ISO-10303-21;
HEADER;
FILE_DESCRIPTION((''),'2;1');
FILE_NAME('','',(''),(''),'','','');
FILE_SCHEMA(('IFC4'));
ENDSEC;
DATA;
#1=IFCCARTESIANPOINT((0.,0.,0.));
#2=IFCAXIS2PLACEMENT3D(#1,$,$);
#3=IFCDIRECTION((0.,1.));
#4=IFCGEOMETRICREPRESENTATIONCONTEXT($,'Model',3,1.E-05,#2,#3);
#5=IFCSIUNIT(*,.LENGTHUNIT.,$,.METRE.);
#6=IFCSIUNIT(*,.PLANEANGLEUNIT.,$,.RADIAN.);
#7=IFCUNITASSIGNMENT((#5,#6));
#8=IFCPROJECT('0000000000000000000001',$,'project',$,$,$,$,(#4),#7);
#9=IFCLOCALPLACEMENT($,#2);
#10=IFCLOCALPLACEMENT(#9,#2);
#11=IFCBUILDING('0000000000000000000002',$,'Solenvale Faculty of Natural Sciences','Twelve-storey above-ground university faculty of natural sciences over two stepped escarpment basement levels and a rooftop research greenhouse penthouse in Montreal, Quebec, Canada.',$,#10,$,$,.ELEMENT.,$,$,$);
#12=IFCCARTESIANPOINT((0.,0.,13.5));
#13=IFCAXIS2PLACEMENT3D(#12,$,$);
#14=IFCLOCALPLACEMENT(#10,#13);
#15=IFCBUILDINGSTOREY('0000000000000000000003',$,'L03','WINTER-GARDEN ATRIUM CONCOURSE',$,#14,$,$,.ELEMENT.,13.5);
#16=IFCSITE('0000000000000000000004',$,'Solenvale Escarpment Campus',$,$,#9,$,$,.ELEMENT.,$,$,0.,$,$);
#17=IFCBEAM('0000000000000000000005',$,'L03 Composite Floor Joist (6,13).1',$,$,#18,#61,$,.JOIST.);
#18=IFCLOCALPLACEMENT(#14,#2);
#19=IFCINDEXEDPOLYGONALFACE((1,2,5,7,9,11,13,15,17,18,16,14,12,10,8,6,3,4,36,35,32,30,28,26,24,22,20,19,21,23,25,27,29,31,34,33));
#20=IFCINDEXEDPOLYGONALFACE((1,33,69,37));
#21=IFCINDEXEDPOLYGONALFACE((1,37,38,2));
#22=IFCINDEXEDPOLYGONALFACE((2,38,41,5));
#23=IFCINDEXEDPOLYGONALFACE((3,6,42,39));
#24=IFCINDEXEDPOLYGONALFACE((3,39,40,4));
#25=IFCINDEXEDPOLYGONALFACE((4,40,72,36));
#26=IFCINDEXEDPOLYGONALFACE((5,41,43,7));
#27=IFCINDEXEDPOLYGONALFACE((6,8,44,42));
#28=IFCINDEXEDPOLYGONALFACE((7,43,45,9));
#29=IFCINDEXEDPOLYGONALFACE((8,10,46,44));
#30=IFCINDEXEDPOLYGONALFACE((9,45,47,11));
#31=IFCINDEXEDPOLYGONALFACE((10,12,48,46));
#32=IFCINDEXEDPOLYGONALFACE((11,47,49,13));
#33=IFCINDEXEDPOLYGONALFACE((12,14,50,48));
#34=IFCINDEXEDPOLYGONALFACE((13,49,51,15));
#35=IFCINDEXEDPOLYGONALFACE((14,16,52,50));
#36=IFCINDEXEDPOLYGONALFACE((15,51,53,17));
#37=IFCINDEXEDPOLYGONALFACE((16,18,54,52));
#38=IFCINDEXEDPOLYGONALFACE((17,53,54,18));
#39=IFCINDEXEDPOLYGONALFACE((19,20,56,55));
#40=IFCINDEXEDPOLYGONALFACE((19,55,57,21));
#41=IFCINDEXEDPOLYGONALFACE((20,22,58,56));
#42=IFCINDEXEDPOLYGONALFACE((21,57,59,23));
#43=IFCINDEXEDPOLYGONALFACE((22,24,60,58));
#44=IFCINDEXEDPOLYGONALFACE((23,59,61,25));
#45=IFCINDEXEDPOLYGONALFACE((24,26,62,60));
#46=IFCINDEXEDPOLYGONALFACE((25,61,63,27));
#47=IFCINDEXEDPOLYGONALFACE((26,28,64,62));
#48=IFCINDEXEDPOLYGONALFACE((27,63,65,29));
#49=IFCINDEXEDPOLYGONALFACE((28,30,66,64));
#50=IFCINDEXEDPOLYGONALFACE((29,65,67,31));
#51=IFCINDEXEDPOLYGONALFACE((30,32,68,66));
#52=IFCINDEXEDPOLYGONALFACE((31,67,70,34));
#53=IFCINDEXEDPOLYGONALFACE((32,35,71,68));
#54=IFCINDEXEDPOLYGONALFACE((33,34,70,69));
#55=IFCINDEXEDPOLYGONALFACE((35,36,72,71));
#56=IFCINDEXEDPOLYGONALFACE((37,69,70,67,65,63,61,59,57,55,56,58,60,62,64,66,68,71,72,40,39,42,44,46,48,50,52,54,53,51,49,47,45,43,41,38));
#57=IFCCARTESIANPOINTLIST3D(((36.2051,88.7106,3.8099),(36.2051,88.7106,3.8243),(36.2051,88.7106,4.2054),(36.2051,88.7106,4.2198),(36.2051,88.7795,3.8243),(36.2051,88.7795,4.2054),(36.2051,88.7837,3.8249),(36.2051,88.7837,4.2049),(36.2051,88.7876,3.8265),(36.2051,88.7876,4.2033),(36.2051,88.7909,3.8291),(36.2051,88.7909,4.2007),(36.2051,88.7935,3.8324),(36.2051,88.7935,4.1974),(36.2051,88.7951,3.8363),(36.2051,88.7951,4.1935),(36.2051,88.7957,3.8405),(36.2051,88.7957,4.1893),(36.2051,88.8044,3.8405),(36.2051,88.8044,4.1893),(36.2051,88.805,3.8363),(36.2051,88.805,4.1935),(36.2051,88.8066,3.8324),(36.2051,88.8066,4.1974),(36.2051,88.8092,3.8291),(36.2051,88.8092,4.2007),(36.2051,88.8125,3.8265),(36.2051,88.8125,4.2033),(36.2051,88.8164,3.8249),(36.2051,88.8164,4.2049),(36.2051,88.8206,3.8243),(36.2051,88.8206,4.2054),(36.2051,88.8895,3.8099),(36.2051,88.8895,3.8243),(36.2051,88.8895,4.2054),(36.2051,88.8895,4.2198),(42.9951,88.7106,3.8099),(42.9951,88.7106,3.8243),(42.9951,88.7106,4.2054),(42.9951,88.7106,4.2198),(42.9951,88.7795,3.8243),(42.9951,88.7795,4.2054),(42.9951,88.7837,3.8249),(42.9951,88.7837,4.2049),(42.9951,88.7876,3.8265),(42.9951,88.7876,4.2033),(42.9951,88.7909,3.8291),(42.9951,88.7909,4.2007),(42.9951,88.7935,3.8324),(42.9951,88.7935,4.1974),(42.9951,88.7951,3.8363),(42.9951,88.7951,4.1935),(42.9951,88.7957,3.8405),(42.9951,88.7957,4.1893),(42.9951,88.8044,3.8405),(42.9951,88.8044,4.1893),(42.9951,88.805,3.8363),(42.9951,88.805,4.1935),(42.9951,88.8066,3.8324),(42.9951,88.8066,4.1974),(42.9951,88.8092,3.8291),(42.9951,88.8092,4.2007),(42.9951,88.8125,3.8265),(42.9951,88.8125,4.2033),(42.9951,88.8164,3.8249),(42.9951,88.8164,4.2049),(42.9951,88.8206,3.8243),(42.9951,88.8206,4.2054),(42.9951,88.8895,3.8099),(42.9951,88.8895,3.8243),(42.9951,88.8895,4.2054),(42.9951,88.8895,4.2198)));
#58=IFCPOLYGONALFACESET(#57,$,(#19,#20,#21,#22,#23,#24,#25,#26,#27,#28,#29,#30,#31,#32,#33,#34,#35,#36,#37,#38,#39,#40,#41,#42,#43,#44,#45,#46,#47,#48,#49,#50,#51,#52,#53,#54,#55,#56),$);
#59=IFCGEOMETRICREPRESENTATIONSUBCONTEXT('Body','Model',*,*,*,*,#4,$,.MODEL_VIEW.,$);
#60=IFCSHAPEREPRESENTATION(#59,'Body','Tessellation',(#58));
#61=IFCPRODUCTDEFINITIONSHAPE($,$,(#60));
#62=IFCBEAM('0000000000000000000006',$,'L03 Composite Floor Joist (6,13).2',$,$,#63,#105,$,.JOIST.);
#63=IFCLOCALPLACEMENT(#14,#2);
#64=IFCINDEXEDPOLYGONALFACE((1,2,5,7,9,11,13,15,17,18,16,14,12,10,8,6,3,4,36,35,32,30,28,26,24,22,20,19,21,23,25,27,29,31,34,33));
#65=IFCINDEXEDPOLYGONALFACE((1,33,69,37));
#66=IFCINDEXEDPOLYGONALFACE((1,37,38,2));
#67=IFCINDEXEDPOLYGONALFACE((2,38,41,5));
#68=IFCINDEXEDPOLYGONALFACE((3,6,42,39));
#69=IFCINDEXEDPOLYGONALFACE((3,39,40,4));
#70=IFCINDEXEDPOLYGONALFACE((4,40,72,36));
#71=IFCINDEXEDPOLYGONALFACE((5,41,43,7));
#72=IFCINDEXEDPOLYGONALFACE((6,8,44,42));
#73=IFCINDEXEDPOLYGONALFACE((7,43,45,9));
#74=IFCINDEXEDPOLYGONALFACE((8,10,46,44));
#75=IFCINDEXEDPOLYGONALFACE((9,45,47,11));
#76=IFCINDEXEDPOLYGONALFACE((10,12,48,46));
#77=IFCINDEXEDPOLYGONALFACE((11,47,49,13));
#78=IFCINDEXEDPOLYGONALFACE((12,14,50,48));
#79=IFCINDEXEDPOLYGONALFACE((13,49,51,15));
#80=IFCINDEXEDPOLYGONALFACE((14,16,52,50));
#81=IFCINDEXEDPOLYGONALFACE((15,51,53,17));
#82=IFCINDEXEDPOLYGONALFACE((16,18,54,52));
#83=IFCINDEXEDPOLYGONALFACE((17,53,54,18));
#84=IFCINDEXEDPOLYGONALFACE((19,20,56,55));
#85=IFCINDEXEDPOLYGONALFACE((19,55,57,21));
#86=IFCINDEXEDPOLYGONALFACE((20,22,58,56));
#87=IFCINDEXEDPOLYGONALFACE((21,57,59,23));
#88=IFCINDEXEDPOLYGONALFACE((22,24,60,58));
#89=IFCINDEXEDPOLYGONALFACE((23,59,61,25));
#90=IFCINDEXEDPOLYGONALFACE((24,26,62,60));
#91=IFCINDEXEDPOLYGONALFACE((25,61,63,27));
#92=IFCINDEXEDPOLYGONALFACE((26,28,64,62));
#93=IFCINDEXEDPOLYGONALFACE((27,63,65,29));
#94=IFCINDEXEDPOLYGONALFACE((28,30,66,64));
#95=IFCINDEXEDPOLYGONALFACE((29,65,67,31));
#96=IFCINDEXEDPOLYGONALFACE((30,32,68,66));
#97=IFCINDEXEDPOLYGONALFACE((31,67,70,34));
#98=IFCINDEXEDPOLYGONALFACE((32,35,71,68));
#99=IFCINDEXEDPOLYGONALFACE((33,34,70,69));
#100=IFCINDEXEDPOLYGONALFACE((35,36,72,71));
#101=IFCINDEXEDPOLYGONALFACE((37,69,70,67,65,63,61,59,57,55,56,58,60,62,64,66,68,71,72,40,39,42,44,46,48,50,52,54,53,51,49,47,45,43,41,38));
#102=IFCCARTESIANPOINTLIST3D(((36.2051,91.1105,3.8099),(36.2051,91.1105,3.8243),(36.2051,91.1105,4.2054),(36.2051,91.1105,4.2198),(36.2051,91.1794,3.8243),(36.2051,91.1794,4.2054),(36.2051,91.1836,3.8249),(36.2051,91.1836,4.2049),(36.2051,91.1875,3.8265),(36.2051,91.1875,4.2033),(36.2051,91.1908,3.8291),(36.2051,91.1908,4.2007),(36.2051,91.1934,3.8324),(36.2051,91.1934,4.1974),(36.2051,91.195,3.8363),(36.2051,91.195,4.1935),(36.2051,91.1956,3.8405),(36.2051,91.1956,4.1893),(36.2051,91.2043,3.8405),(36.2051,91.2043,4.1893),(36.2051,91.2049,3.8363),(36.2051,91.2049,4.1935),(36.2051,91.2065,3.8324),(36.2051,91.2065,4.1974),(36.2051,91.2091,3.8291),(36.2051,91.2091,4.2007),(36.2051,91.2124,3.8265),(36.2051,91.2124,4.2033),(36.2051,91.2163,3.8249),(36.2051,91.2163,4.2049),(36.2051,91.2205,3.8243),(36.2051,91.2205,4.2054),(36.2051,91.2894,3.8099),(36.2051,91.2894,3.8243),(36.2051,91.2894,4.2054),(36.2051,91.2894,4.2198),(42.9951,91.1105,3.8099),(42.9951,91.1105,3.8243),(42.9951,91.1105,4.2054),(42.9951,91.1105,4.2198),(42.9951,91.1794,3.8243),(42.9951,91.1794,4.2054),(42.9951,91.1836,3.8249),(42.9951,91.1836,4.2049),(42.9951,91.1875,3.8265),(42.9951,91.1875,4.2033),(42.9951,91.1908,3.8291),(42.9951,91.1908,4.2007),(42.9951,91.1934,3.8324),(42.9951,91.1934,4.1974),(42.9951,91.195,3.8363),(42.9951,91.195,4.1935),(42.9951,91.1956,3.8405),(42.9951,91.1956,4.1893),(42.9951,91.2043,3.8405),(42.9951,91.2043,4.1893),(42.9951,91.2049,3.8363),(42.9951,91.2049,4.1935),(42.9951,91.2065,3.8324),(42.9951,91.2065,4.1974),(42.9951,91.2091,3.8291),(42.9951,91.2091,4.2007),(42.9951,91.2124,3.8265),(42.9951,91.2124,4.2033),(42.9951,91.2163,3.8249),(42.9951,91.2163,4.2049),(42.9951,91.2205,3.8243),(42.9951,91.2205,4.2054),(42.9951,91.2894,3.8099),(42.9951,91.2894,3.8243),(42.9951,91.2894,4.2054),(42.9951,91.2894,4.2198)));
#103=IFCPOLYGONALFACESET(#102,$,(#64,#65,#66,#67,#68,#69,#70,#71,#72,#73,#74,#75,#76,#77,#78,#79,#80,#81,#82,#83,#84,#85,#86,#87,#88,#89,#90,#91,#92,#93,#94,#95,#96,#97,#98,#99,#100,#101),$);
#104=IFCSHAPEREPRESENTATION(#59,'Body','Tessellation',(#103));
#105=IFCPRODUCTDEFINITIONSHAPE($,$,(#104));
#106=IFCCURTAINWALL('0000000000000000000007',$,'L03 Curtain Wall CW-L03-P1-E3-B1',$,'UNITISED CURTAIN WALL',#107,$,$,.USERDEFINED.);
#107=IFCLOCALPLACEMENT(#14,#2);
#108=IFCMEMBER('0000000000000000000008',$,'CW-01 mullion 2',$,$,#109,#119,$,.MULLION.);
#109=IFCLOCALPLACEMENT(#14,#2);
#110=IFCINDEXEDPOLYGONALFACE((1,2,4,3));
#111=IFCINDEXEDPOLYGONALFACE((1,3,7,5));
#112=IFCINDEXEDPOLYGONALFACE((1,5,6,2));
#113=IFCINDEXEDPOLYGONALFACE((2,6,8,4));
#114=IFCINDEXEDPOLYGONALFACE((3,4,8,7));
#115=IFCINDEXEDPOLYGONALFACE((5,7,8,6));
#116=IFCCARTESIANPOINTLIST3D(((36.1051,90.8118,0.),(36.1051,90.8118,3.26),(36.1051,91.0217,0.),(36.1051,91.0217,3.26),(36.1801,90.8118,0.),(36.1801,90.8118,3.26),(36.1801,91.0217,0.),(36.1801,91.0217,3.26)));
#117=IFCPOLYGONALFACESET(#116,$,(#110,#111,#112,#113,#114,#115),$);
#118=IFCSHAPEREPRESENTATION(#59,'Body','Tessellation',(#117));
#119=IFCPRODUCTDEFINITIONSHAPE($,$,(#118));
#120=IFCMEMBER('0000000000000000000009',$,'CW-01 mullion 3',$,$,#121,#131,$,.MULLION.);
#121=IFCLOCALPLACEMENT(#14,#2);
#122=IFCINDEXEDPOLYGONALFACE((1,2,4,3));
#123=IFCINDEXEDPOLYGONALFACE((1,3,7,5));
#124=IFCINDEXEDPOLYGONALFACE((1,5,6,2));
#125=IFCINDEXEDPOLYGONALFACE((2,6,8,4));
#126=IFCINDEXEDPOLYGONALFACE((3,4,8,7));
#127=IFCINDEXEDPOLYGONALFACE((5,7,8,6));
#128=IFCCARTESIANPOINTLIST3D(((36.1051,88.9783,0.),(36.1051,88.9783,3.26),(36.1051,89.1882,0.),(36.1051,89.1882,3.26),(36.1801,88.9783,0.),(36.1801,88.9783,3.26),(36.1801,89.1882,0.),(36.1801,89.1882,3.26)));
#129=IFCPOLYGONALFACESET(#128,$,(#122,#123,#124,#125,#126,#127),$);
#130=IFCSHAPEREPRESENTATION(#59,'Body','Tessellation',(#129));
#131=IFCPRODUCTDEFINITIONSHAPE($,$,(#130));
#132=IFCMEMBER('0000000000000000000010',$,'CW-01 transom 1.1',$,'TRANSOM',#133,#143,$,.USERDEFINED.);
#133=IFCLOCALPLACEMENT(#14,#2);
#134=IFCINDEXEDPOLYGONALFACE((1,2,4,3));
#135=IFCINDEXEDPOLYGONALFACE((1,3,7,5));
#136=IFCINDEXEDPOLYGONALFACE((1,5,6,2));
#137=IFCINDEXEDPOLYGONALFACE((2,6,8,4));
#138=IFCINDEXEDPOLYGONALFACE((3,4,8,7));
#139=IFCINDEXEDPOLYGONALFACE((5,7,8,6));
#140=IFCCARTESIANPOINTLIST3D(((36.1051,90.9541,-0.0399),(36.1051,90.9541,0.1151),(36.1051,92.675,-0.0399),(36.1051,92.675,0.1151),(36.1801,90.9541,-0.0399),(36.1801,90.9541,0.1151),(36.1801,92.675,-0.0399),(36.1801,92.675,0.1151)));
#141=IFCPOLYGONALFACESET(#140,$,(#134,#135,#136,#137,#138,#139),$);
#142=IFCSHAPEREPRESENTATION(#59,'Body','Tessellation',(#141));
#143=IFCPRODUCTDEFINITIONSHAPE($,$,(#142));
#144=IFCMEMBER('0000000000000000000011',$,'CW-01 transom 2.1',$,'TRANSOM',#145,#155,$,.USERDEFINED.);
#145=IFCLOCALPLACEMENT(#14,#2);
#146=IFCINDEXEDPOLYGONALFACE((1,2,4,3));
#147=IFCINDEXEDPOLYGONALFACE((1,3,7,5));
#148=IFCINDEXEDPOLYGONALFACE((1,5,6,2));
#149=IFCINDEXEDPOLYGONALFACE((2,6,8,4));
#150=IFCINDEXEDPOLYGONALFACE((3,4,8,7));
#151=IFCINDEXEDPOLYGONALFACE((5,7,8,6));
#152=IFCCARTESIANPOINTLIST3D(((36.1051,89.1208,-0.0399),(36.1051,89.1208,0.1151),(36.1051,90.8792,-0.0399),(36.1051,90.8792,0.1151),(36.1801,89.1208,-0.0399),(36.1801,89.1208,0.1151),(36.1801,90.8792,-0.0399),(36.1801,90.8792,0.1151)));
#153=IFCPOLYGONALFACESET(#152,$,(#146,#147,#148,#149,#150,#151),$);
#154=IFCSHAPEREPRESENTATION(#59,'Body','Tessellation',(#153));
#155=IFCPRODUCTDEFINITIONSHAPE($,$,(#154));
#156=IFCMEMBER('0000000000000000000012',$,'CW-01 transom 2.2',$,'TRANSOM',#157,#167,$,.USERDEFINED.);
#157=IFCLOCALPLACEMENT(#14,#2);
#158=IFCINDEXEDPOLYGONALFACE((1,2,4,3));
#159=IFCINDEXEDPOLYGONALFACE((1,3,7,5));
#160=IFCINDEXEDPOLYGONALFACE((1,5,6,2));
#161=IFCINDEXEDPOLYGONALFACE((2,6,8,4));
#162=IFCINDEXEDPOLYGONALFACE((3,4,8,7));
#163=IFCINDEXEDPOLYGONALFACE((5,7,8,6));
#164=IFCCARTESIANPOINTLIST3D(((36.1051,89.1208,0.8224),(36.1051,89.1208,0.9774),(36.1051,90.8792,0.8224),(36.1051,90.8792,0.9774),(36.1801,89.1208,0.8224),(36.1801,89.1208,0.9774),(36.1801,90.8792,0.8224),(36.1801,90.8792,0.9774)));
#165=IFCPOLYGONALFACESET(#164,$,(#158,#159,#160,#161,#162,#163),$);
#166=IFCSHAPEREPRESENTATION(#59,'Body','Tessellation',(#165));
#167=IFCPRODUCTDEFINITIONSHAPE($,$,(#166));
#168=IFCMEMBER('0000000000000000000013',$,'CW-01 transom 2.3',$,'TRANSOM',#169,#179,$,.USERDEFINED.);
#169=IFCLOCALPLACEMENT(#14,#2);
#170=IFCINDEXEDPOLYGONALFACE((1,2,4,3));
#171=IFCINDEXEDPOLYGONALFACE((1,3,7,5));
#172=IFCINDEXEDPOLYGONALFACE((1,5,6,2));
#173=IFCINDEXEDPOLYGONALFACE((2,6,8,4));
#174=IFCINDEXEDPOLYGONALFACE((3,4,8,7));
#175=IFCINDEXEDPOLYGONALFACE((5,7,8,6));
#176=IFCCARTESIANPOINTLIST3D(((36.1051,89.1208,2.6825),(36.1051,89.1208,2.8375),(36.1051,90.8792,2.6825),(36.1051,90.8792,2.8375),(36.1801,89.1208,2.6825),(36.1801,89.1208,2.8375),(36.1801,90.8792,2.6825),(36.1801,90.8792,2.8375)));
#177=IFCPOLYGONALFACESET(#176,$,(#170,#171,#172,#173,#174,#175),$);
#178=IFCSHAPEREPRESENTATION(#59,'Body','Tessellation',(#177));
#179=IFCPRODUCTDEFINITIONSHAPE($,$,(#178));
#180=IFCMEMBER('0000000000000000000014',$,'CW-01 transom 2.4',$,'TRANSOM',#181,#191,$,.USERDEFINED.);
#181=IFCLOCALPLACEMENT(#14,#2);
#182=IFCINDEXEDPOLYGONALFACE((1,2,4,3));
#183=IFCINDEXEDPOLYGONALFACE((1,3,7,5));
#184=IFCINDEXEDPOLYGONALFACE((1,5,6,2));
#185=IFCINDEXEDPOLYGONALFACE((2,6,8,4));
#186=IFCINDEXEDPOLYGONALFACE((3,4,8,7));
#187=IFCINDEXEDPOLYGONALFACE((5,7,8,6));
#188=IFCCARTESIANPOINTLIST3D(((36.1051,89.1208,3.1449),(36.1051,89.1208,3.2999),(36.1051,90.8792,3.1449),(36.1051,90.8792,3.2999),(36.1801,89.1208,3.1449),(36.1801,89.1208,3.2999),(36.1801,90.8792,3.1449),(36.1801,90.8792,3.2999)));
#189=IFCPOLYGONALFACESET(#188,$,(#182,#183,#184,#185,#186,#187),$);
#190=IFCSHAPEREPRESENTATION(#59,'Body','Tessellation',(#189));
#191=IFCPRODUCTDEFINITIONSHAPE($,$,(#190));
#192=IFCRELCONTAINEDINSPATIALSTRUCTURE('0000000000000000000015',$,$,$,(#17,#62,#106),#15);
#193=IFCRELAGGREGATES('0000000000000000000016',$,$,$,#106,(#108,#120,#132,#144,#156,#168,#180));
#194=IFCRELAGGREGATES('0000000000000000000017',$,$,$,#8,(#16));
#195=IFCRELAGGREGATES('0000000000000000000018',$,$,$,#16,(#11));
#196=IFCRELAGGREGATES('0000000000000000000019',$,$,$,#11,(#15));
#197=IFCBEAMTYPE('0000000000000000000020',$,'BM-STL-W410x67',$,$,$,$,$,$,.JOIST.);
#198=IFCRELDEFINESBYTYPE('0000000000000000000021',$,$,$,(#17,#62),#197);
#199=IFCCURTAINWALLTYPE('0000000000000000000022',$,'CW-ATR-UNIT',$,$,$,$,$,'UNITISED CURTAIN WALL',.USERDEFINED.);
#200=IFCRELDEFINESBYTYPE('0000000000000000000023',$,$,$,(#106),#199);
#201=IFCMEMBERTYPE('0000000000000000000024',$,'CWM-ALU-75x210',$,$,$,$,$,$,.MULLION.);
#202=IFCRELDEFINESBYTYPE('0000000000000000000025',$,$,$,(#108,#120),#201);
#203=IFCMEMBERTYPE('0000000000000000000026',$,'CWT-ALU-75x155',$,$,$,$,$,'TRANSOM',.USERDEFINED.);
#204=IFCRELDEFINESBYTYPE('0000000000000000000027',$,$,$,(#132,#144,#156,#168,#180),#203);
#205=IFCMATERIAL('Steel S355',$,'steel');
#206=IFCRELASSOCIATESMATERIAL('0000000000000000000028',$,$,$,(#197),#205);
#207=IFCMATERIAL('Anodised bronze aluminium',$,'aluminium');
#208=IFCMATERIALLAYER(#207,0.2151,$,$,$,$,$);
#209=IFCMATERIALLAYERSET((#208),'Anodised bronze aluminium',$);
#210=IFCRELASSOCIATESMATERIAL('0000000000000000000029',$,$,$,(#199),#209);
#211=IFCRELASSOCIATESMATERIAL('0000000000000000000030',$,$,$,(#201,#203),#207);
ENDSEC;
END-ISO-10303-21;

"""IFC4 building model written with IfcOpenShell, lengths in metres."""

from ifc_helpers import new_model, si_unit, direction, frame, origin, origin_2d, place, context, subcontext, project, spatial, rectangle, i_section, extrude, material, layer, layer_set, material_profile, profile_set, type_object, element, aggregate, save


model = new_model("IFC4")

# Units and contexts
model_context = context("Model", 3, precision=1e-05, world=origin(), true_north=direction((0.0, 1.0)))
body_context = subcontext(model_context, "Body", "Model", "MODEL_VIEW")
ifc_project = project(units=[si_unit("LENGTHUNIT", "METRE"), si_unit("PLANEANGLEUNIT", "RADIAN")], contexts=[model_context])

# Site, building, storey
site_placement = place(None, origin())
site = spatial("IfcSite", under=ifc_project, at=site_placement, Name="Solenvale Escarpment Campus", CompositionType="ELEMENT", RefElevation=0.0)
building_placement = place(site_placement, origin())
building = spatial("IfcBuilding", under=site, at=building_placement, Name="Solenvale Faculty of Natural Sciences", Description="Twelve-storey above-ground university faculty of natural sciences over two stepped escarpment basement levels and a rooftop research greenhouse penthouse in Montreal, Quebec, Canada.", CompositionType="ELEMENT")
storey_placement = place(building_placement, frame((0.0, 0.0, 13.5)))
storey = spatial("IfcBuildingStorey", under=building, at=storey_placement, Name="L03", Description="WINTER-GARDEN ATRIUM CONCOURSE", CompositionType="ELEMENT", Elevation=13.5)

# Beams
ifc_material_1 = material(Name="Steel S355", Category="steel")
ifc_material_profile_1 = material_profile(ifc_material_1, i_section(OverallWidth=0.179, OverallDepth=0.4099, WebThickness=0.0088, FlangeThickness=0.0144, FilletRadius=0.0161, at=origin_2d()), Name="W410x67")
ifc_profile_set_1 = profile_set([ifc_material_profile_1], Name="Steel S355")
beam_type = type_object("IfcBeamType", Name="BM-STL-W410x67", PredefinedType="JOIST", material=ifc_profile_set_1)
for number, where, z_axis, x_axis, name in (
    (1, (36.2051, 88.8, 4.0149), (1.0, 0.0, 0.0), (0.0, 1.0, 0.0), "L03 Composite Floor Joist (6,13).1"),
    (2, (36.2051, 91.2, 4.0149), (1.0, 0.0, 0.0), (0.0, 1.0, 0.0), "L03 Composite Floor Joist (6,13).2"),
):
    element("IfcBeam", number, at=place(storey_placement, frame(where, z_axis=z_axis, x_axis=x_axis)), inside=storey, type_object=beam_type, Name=name, PredefinedType="JOIST", context=body_context, shape_type="SweptSolid", body=[
        extrude(i_section(OverallWidth=0.179, OverallDepth=0.4099, WebThickness=0.0088, FlangeThickness=0.0144, FilletRadius=0.0161, at=origin_2d()), origin(), (0.0, 0.0, 1.0), 6.79),
    ])

# Curtain wall, members
ifc_material_2 = material(Name="Anodised bronze aluminium", Category="aluminium")
ifc_layer_1 = layer(ifc_material_2, 0.2151)
ifc_layer_set_1 = layer_set([ifc_layer_1], Name="Anodised bronze aluminium")
curtain_wall_type = type_object("IfcCurtainWallType", Name="CW-ATR-UNIT", ElementType="UNITISED CURTAIN WALL", PredefinedType="USERDEFINED", material=ifc_layer_set_1)
curtain_wall_placement = place(storey_placement, origin())
curtain_wall = element("IfcCurtainWall", 3, at=curtain_wall_placement, inside=storey, type_object=curtain_wall_type, Name="L03 Curtain Wall CW-L03-P1-E3-B1", ObjectType="UNITISED CURTAIN WALL", PredefinedType="USERDEFINED")
ifc_material_profile_2 = material_profile(ifc_material_2, rectangle(XDim=0.075, YDim=0.21, at=origin_2d()), Name="ALU-MUL-75x210")
ifc_profile_set_2 = profile_set([ifc_material_profile_2], Name="Anodised bronze aluminium")
member_type_1 = type_object("IfcMemberType", Name="CWM-ALU-75x210", PredefinedType="MULLION", material=ifc_profile_set_2)
member_1_placement = place(storey_placement, frame((36.1426, 90.9167, 0.0), z_axis=(0.0, 0.0, 1.0), x_axis=(1.0, 0.0, 0.0)))
member_1 = element("IfcMember", 4, at=member_1_placement, type_object=member_type_1, Name="CW-01 mullion 2", PredefinedType="MULLION", context=body_context, shape_type="SweptSolid", body=[
    extrude(rectangle(XDim=0.075, YDim=0.21, at=origin_2d()), origin(), (0.0, 0.0, 1.0), 3.26),
])
member_2_placement = place(storey_placement, frame((36.1426, 89.0833, 0.0), z_axis=(0.0, 0.0, 1.0), x_axis=(1.0, 0.0, 0.0)))
member_2 = element("IfcMember", 5, at=member_2_placement, type_object=member_type_1, Name="CW-01 mullion 3", PredefinedType="MULLION", context=body_context, shape_type="SweptSolid", body=[
    extrude(rectangle(XDim=0.075, YDim=0.21, at=origin_2d()), origin(), (0.0, 0.0, 1.0), 3.26),
])
ifc_material_profile_3 = material_profile(ifc_material_2, rectangle(XDim=0.075, YDim=0.155, at=origin_2d()), Name="ALU-TRN-75x155")
ifc_profile_set_3 = profile_set([ifc_material_profile_3], Name="Anodised bronze aluminium")
member_type_2 = type_object("IfcMemberType", Name="CWT-ALU-75x155", ElementType="TRANSOM", PredefinedType="USERDEFINED", material=ifc_profile_set_3)
member_3_placement = place(storey_placement, frame((36.1426, 92.675, 0.0376), z_axis=(0.0, -1.0, 0.0), x_axis=(1.0, 0.0, 0.0)))
member_3 = element("IfcMember", 6, at=member_3_placement, type_object=member_type_2, Name="CW-01 transom 1.1", ObjectType="TRANSOM", PredefinedType="USERDEFINED", context=body_context, shape_type="SweptSolid", body=[
    extrude(rectangle(XDim=0.075, YDim=0.155, at=origin_2d()), origin(), (0.0, 0.0, 1.0), 1.7209),
])
member_4_placement = place(storey_placement, frame((36.1426, 90.8792, 0.0376), z_axis=(0.0, -1.0, 0.0), x_axis=(1.0, 0.0, 0.0)))
member_4 = element("IfcMember", 7, at=member_4_placement, type_object=member_type_2, Name="CW-01 transom 2.1", ObjectType="TRANSOM", PredefinedType="USERDEFINED", context=body_context, shape_type="SweptSolid", body=[
    extrude(rectangle(XDim=0.075, YDim=0.155, at=origin_2d()), origin(), (0.0, 0.0, 1.0), 1.7583),
])
member_5_placement = place(storey_placement, frame((36.1426, 90.8792, 0.8999), z_axis=(0.0, -1.0, 0.0), x_axis=(1.0, 0.0, 0.0)))
member_5 = element("IfcMember", 8, at=member_5_placement, type_object=member_type_2, Name="CW-01 transom 2.2", ObjectType="TRANSOM", PredefinedType="USERDEFINED", context=body_context, shape_type="SweptSolid", body=[
    extrude(rectangle(XDim=0.075, YDim=0.155, at=origin_2d()), origin(), (0.0, 0.0, 1.0), 1.7583),
])
member_6_placement = place(storey_placement, frame((36.1426, 90.8792, 2.76), z_axis=(0.0, -1.0, 0.0), x_axis=(1.0, 0.0, 0.0)))
member_6 = element("IfcMember", 9, at=member_6_placement, type_object=member_type_2, Name="CW-01 transom 2.3", ObjectType="TRANSOM", PredefinedType="USERDEFINED", context=body_context, shape_type="SweptSolid", body=[
    extrude(rectangle(XDim=0.075, YDim=0.155, at=origin_2d()), origin(), (0.0, 0.0, 1.0), 1.7583),
])
member_7_placement = place(storey_placement, frame((36.1426, 90.8792, 3.2224), z_axis=(0.0, -1.0, 0.0), x_axis=(1.0, 0.0, 0.0)))
member_7 = element("IfcMember", 10, at=member_7_placement, type_object=member_type_2, Name="CW-01 transom 2.4", ObjectType="TRANSOM", PredefinedType="USERDEFINED", context=body_context, shape_type="SweptSolid", body=[
    extrude(rectangle(XDim=0.075, YDim=0.155, at=origin_2d()), origin(), (0.0, 0.0, 1.0), 1.7583),
])
aggregate(curtain_wall, [member_1, member_2, member_3, member_4, member_5, member_6, member_7])

save(model, "model.ifc")
